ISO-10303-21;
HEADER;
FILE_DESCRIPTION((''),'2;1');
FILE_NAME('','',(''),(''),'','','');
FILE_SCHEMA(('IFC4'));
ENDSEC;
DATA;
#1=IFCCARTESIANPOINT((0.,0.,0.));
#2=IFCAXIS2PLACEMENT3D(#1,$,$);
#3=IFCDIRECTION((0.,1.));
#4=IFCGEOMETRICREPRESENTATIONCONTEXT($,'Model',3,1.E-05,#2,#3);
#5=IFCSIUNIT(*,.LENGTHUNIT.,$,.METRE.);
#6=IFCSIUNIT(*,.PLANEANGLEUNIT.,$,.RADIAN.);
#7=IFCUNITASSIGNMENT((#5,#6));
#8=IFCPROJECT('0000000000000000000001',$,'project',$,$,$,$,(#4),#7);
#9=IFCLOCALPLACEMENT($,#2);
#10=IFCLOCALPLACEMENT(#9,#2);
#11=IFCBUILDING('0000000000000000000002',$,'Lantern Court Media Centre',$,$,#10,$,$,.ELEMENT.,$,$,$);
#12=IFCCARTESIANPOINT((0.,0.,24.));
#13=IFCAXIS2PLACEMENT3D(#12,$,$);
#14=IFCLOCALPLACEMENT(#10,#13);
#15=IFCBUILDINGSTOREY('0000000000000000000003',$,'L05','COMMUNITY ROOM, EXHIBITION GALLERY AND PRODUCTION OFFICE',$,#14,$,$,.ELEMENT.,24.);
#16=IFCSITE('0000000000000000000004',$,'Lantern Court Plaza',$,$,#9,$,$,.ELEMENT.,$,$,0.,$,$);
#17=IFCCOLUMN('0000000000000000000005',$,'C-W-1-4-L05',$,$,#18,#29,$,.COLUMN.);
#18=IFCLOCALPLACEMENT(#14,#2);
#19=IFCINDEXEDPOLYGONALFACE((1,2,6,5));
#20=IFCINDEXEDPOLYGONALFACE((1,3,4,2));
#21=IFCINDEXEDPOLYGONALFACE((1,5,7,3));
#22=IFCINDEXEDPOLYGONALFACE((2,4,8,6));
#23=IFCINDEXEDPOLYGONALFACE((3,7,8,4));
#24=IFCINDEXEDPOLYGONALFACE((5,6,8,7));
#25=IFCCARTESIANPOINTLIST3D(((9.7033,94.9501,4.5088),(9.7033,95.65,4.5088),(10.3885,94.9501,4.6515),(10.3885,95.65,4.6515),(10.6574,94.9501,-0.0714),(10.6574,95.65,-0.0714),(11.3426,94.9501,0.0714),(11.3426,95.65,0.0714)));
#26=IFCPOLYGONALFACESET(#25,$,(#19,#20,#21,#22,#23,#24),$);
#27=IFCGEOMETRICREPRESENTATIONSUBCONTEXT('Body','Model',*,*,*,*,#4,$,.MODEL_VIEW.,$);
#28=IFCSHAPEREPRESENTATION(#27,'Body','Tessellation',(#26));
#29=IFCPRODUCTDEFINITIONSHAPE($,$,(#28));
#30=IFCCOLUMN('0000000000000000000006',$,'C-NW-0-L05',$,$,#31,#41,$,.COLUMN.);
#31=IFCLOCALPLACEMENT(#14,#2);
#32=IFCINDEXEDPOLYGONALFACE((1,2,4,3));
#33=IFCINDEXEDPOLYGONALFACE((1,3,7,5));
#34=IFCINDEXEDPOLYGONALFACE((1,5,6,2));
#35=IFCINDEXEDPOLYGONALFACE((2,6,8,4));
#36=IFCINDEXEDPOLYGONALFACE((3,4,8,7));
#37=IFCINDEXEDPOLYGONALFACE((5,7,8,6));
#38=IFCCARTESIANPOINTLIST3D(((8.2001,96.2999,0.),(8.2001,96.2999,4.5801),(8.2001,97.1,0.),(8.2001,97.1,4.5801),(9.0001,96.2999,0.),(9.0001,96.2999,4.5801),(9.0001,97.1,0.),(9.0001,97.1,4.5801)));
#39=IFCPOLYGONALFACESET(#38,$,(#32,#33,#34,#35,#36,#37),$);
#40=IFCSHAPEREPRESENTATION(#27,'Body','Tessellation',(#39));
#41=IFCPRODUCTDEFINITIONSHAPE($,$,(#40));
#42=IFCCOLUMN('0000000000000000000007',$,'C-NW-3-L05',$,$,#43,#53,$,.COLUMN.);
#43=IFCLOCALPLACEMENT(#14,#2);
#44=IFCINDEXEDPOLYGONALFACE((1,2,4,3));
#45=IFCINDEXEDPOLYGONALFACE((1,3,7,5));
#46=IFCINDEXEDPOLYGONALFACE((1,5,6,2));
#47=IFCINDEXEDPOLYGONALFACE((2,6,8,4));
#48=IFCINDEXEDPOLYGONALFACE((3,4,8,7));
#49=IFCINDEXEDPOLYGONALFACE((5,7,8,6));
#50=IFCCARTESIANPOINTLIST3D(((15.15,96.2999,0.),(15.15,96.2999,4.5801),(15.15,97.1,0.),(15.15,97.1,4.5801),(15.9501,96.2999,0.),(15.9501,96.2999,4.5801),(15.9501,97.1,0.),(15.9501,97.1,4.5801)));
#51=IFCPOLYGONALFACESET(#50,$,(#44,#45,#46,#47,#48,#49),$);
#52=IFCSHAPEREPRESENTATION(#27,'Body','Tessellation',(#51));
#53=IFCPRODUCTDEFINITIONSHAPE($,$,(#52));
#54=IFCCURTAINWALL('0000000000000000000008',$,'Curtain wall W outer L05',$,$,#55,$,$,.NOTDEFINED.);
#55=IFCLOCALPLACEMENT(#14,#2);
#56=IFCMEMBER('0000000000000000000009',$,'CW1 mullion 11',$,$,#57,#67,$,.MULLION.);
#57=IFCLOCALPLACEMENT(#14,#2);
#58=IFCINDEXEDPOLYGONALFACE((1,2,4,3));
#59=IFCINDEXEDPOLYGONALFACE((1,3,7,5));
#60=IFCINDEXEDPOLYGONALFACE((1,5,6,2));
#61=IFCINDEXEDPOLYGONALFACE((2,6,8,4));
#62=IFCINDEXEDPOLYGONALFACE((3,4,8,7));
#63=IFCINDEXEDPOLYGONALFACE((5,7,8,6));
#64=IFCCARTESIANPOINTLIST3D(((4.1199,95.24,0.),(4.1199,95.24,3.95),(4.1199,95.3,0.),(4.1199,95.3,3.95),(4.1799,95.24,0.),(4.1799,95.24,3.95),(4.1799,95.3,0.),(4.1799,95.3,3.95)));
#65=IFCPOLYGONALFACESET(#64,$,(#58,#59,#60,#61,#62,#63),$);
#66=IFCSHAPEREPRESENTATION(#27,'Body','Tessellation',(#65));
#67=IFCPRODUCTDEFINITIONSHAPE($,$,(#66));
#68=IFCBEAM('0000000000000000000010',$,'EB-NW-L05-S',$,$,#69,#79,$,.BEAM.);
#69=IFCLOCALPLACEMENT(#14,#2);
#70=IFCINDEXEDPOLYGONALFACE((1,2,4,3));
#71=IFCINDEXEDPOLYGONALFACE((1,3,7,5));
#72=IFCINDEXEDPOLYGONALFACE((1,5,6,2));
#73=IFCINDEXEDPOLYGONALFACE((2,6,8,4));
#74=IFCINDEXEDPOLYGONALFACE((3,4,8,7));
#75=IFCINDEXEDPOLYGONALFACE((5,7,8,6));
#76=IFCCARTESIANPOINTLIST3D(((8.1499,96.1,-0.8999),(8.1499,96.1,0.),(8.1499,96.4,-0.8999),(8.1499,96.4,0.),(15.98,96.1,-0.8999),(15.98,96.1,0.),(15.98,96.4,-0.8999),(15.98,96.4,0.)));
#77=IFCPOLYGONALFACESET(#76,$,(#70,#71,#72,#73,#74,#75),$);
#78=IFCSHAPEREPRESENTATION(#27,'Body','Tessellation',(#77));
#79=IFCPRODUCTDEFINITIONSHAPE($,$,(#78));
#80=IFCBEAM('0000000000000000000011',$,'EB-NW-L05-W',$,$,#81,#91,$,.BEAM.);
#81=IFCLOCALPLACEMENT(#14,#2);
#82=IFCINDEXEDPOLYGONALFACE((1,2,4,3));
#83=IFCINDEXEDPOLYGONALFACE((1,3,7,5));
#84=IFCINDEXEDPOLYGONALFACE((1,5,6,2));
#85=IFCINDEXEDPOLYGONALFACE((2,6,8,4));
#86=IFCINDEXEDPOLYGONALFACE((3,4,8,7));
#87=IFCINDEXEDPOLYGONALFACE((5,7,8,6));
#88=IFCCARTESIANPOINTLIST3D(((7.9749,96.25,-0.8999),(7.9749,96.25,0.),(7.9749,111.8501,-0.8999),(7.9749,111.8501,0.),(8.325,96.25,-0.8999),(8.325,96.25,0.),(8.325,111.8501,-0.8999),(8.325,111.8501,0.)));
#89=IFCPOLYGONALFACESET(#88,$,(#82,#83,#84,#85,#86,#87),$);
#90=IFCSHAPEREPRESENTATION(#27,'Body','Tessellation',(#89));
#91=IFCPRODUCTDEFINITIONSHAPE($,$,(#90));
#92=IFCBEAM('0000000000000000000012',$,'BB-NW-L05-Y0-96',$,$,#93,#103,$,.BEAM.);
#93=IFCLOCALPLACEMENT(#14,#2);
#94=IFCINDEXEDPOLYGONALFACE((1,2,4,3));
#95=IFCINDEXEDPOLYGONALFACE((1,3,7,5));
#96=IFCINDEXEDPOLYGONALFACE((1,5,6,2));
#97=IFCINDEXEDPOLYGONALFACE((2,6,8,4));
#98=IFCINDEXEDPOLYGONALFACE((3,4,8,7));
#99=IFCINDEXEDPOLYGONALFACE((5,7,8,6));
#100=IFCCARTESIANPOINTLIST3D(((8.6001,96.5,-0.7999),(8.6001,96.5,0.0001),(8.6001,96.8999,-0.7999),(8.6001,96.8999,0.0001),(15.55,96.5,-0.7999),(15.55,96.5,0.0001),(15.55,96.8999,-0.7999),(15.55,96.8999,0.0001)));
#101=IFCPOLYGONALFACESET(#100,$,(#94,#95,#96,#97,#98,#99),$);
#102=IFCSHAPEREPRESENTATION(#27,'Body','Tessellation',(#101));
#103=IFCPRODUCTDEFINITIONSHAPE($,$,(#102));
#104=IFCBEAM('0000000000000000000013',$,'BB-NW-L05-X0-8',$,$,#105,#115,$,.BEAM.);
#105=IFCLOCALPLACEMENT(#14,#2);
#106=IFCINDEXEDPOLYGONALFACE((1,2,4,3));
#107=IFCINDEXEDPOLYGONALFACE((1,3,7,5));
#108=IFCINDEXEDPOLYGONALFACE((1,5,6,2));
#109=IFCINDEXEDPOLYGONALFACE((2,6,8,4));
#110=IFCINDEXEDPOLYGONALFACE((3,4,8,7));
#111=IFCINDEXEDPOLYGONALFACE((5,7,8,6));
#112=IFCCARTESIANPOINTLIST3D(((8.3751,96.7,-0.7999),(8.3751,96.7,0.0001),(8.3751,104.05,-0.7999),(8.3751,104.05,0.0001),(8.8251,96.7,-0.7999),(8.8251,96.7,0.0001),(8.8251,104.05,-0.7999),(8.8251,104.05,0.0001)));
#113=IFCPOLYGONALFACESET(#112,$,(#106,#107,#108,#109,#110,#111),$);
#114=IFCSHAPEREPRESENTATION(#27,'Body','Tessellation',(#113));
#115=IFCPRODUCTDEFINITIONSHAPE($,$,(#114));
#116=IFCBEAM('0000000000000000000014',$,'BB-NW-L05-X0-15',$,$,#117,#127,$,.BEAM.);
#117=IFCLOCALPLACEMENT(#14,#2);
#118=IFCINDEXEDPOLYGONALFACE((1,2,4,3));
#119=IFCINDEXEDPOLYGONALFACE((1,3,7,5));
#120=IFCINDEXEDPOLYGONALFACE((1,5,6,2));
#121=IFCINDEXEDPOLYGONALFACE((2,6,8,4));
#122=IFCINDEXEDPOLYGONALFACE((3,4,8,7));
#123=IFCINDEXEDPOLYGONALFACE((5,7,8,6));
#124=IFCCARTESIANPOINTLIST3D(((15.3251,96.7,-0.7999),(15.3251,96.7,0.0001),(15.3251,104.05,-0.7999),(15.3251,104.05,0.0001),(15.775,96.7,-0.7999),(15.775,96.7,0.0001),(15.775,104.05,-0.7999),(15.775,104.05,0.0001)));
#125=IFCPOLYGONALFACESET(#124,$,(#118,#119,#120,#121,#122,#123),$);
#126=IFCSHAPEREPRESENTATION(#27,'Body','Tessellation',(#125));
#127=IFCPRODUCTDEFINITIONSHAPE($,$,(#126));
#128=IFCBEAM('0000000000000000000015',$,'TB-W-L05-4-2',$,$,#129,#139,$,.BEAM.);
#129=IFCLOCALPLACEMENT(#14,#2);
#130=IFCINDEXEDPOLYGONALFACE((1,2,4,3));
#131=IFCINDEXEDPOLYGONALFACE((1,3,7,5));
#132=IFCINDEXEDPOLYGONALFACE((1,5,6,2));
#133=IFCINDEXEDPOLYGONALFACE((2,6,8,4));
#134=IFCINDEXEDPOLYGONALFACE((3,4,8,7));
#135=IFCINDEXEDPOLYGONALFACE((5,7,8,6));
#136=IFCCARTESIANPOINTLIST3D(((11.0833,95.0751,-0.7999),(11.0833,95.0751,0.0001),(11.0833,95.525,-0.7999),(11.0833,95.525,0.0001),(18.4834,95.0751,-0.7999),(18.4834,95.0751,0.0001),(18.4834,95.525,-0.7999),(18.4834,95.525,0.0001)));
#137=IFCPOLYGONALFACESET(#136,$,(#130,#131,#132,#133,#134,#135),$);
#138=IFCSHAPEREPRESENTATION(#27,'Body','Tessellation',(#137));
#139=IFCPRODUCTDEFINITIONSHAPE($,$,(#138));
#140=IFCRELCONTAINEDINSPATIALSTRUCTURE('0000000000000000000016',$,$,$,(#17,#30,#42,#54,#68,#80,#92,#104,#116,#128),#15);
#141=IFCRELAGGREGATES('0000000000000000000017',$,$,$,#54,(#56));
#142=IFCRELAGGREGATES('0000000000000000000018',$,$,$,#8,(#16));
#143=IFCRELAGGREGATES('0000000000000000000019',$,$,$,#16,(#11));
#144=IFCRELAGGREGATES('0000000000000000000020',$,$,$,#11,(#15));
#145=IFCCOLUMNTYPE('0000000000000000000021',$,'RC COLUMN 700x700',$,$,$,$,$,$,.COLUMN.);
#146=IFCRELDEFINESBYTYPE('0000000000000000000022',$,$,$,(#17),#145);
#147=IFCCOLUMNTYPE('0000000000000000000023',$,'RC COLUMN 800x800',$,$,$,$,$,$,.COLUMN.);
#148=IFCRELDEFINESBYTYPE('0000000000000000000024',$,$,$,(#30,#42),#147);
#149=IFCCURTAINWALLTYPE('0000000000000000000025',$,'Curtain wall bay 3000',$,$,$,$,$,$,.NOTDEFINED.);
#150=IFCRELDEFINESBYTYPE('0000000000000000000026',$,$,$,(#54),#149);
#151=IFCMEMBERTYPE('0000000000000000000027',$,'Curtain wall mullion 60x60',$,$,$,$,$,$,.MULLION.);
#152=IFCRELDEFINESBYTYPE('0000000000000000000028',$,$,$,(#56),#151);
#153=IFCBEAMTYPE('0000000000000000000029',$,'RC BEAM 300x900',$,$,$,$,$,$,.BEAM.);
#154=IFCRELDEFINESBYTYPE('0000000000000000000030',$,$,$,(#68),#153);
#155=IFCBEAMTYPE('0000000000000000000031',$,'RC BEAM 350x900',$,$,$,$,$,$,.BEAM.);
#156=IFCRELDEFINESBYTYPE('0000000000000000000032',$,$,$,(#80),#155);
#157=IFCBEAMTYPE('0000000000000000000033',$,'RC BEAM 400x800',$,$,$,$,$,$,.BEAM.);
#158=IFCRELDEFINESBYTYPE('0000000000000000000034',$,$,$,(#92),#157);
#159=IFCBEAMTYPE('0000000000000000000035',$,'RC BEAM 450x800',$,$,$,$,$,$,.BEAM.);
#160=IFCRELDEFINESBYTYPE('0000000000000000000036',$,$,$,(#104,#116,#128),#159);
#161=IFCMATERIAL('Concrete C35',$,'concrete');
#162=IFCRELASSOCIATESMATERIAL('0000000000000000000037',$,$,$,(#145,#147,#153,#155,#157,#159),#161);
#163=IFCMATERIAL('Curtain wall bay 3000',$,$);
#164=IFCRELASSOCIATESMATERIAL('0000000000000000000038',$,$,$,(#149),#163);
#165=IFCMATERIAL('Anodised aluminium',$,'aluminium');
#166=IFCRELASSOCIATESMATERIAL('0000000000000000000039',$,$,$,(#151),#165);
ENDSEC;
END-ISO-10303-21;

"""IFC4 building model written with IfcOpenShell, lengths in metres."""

from ifc_helpers import new_model, si_unit, direction, frame, origin, origin_2d, place, context, subcontext, project, spatial, rectangle, extrude, material, material_profile, profile_set, type_object, element, aggregate, save


model = new_model("IFC4")

# Units and contexts
model_context = context("Model", 3, precision=1e-05, world=origin(), true_north=direction((0.0, 1.0)))
body_context = subcontext(model_context, "Body", "Model", "MODEL_VIEW")
ifc_project = project(units=[si_unit("LENGTHUNIT", "METRE"), si_unit("PLANEANGLEUNIT", "RADIAN")], contexts=[model_context])

# Site, building, storey
site_placement = place(None, origin())
site = spatial("IfcSite", under=ifc_project, at=site_placement, Name="Lantern Court Plaza", CompositionType="ELEMENT", RefElevation=0.0)
building_placement = place(site_placement, origin())
building = spatial("IfcBuilding", under=site, at=building_placement, Name="Lantern Court Media Centre", CompositionType="ELEMENT")
storey_placement = place(building_placement, frame((0.0, 0.0, 24.0)))
storey = spatial("IfcBuildingStorey", under=building, at=storey_placement, Name="L05", Description="COMMUNITY ROOM, EXHIBITION GALLERY AND PRODUCTION OFFICE", CompositionType="ELEMENT", Elevation=24.0)

# Columns
ifc_material_1 = material(Name="Concrete C35", Category="concrete")
ifc_material_profile_1 = material_profile(ifc_material_1, rectangle(XDim=0.7, YDim=0.7, at=origin_2d()), Name="RC 700x700")
ifc_profile_set_1 = profile_set([ifc_material_profile_1], Name="Concrete C35")
column_type_1 = type_object("IfcColumnType", Name="RC COLUMN 700x700", PredefinedType="COLUMN", material=ifc_profile_set_1)
column_placement = place(storey_placement, frame((11.0, 95.3, 0.0), z_axis=(-0.203938, 0.0, 0.978984), x_axis=(0.0, -1.0, 0.0)))
element("IfcColumn", 1, at=column_placement, inside=storey, type_object=column_type_1, Name="C-W-1-4-L05", PredefinedType="COLUMN", context=body_context, shape_type="SweptSolid", body=[
    extrude(rectangle(XDim=0.7, YDim=0.7, at=origin_2d()), origin(), (0.0, 0.0, 1.0), 4.6785),
])
ifc_material_profile_2 = material_profile(ifc_material_1, rectangle(XDim=0.8, YDim=0.8, at=origin_2d()), Name="RC 800x800")
ifc_profile_set_2 = profile_set([ifc_material_profile_2], Name="Concrete C35")
column_type_2 = type_object("IfcColumnType", Name="RC COLUMN 800x800", PredefinedType="COLUMN", material=ifc_profile_set_2)
for number, where, z_axis, x_axis, name in (
    (2, (8.6001, 96.7, 0.0), (0.0, 0.0, 1.0), (1.0, 0.0, 0.0), "C-NW-0-L05"),
    (3, (15.55, 96.7, 0.0), (0.0, 0.0, 1.0), (1.0, 0.0, 0.0), "C-NW-3-L05"),
):
    element("IfcColumn", number, at=place(storey_placement, frame(where, z_axis=z_axis, x_axis=x_axis)), inside=storey, type_object=column_type_2, Name=name, PredefinedType="COLUMN", context=body_context, shape_type="SweptSolid", body=[
        extrude(rectangle(XDim=0.8, YDim=0.8, at=origin_2d()), origin(), (0.0, 0.0, 1.0), 4.5801),
    ])

# Curtain wall, member
ifc_material_2 = material(Name="Curtain wall bay 3000")
curtain_wall_type = type_object("IfcCurtainWallType", Name="Curtain wall bay 3000", PredefinedType="NOTDEFINED", material=ifc_material_2)
curtain_wall_placement = place(storey_placement, origin())
curtain_wall = element("IfcCurtainWall", 4, at=curtain_wall_placement, inside=storey, type_object=curtain_wall_type, Name="Curtain wall W outer L05", PredefinedType="NOTDEFINED")
ifc_material_3 = material(Name="Anodised aluminium", Category="aluminium")
ifc_material_profile_3 = material_profile(ifc_material_3, rectangle(XDim=0.0601, YDim=0.0601, at=origin_2d()), Name="AL 60x60")
ifc_profile_set_3 = profile_set([ifc_material_profile_3], Name="Anodised aluminium")
member_type = type_object("IfcMemberType", Name="Curtain wall mullion 60x60", PredefinedType="MULLION", material=ifc_profile_set_3)
member_placement = place(storey_placement, frame((4.1499, 95.27, 0.0), z_axis=(0.0, 0.0, 1.0), x_axis=(-1.0, 0.0, 0.0)))
member = element("IfcMember", 5, at=member_placement, type_object=member_type, Name="CW1 mullion 11", PredefinedType="MULLION", context=body_context, shape_type="SweptSolid", body=[
    extrude(rectangle(XDim=0.0601, YDim=0.0601, at=origin_2d()), origin(), (0.0, 0.0, 1.0), 3.95),
])
aggregate(curtain_wall, [member])

# Beams
ifc_material_profile_4 = material_profile(ifc_material_1, rectangle(XDim=0.3, YDim=0.8999, at=origin_2d()), Name="RC 300x900")
ifc_profile_set_4 = profile_set([ifc_material_profile_4], Name="Concrete C35")
beam_type_1 = type_object("IfcBeamType", Name="RC BEAM 300x900", PredefinedType="BEAM", material=ifc_profile_set_4)
beam_1_placement = place(storey_placement, frame((8.1499, 96.25, -0.45), z_axis=(1.0, 0.0, 0.0), x_axis=(0.0, 1.0, 0.0)))
element("IfcBeam", 6, at=beam_1_placement, inside=storey, type_object=beam_type_1, Name="EB-NW-L05-S", PredefinedType="BEAM", context=body_context, shape_type="SweptSolid", body=[
    extrude(rectangle(XDim=0.3, YDim=0.8999, at=origin_2d()), origin(), (0.0, 0.0, 1.0), 7.8301),
])
ifc_material_profile_5 = material_profile(ifc_material_1, rectangle(XDim=0.3501, YDim=0.8999, at=origin_2d()), Name="RC 350x900")
ifc_profile_set_5 = profile_set([ifc_material_profile_5], Name="Concrete C35")
beam_type_2 = type_object("IfcBeamType", Name="RC BEAM 350x900", PredefinedType="BEAM", material=ifc_profile_set_5)
beam_2_placement = place(storey_placement, frame((8.1499, 96.25, -0.45), z_axis=(0.0, 1.0, 0.0), x_axis=(-1.0, 0.0, 0.0)))
element("IfcBeam", 7, at=beam_2_placement, inside=storey, type_object=beam_type_2, Name="EB-NW-L05-W", PredefinedType="BEAM", context=body_context, shape_type="SweptSolid", body=[
    extrude(rectangle(XDim=0.3501, YDim=0.8999, at=origin_2d()), origin(), (0.0, 0.0, 1.0), 15.6001),
])
ifc_material_profile_6 = material_profile(ifc_material_1, rectangle(XDim=0.3999, YDim=0.8, at=origin_2d()), Name="RC 400x800")
ifc_profile_set_6 = profile_set([ifc_material_profile_6], Name="Concrete C35")
beam_type_3 = type_object("IfcBeamType", Name="RC BEAM 400x800", PredefinedType="BEAM", material=ifc_profile_set_6)
beam_3_placement = place(storey_placement, frame((8.6001, 96.7, -0.3999), z_axis=(1.0, 0.0, 0.0), x_axis=(0.0, 1.0, 0.0)))
element("IfcBeam", 8, at=beam_3_placement, inside=storey, type_object=beam_type_3, Name="BB-NW-L05-Y0-96", PredefinedType="BEAM", context=body_context, shape_type="SweptSolid", body=[
    extrude(rectangle(XDim=0.3999, YDim=0.8, at=origin_2d()), origin(), (0.0, 0.0, 1.0), 6.95),
])
ifc_material_profile_7 = material_profile(ifc_material_1, rectangle(XDim=0.45, YDim=0.8, at=origin_2d()), Name="RC 450x800")
ifc_profile_set_7 = profile_set([ifc_material_profile_7], Name="Concrete C35")
beam_type_4 = type_object("IfcBeamType", Name="RC BEAM 450x800", PredefinedType="BEAM", material=ifc_profile_set_7)
for number, where, z_axis, x_axis, name in (
    (9, (8.6001, 96.7, -0.3999), (0.0, 1.0, 0.0), (-1.0, 0.0, 0.0), "BB-NW-L05-X0-8"),
    (10, (15.55, 96.7, -0.3999), (0.0, 1.0, 0.0), (-1.0, 0.0, 0.0), "BB-NW-L05-X0-15"),
):
    element("IfcBeam", number, at=place(storey_placement, frame(where, z_axis=z_axis, x_axis=x_axis)), inside=storey, type_object=beam_type_4, Name=name, PredefinedType="BEAM", context=body_context, shape_type="SweptSolid", body=[
        extrude(rectangle(XDim=0.45, YDim=0.8, at=origin_2d()), origin(), (0.0, 0.0, 1.0), 7.3501),
    ])
beam_4_placement = place(storey_placement, frame((11.0833, 95.3, -0.3999), z_axis=(1.0, 0.0, 0.0), x_axis=(0.0, 1.0, 0.0)))
element("IfcBeam", 11, at=beam_4_placement, inside=storey, type_object=beam_type_4, Name="TB-W-L05-4-2", PredefinedType="BEAM", context=body_context, shape_type="SweptSolid", body=[
    extrude(rectangle(XDim=0.45, YDim=0.8, at=origin_2d()), origin(), (0.0, 0.0, 1.0), 7.4001),
])

save(model, "model.ifc")
